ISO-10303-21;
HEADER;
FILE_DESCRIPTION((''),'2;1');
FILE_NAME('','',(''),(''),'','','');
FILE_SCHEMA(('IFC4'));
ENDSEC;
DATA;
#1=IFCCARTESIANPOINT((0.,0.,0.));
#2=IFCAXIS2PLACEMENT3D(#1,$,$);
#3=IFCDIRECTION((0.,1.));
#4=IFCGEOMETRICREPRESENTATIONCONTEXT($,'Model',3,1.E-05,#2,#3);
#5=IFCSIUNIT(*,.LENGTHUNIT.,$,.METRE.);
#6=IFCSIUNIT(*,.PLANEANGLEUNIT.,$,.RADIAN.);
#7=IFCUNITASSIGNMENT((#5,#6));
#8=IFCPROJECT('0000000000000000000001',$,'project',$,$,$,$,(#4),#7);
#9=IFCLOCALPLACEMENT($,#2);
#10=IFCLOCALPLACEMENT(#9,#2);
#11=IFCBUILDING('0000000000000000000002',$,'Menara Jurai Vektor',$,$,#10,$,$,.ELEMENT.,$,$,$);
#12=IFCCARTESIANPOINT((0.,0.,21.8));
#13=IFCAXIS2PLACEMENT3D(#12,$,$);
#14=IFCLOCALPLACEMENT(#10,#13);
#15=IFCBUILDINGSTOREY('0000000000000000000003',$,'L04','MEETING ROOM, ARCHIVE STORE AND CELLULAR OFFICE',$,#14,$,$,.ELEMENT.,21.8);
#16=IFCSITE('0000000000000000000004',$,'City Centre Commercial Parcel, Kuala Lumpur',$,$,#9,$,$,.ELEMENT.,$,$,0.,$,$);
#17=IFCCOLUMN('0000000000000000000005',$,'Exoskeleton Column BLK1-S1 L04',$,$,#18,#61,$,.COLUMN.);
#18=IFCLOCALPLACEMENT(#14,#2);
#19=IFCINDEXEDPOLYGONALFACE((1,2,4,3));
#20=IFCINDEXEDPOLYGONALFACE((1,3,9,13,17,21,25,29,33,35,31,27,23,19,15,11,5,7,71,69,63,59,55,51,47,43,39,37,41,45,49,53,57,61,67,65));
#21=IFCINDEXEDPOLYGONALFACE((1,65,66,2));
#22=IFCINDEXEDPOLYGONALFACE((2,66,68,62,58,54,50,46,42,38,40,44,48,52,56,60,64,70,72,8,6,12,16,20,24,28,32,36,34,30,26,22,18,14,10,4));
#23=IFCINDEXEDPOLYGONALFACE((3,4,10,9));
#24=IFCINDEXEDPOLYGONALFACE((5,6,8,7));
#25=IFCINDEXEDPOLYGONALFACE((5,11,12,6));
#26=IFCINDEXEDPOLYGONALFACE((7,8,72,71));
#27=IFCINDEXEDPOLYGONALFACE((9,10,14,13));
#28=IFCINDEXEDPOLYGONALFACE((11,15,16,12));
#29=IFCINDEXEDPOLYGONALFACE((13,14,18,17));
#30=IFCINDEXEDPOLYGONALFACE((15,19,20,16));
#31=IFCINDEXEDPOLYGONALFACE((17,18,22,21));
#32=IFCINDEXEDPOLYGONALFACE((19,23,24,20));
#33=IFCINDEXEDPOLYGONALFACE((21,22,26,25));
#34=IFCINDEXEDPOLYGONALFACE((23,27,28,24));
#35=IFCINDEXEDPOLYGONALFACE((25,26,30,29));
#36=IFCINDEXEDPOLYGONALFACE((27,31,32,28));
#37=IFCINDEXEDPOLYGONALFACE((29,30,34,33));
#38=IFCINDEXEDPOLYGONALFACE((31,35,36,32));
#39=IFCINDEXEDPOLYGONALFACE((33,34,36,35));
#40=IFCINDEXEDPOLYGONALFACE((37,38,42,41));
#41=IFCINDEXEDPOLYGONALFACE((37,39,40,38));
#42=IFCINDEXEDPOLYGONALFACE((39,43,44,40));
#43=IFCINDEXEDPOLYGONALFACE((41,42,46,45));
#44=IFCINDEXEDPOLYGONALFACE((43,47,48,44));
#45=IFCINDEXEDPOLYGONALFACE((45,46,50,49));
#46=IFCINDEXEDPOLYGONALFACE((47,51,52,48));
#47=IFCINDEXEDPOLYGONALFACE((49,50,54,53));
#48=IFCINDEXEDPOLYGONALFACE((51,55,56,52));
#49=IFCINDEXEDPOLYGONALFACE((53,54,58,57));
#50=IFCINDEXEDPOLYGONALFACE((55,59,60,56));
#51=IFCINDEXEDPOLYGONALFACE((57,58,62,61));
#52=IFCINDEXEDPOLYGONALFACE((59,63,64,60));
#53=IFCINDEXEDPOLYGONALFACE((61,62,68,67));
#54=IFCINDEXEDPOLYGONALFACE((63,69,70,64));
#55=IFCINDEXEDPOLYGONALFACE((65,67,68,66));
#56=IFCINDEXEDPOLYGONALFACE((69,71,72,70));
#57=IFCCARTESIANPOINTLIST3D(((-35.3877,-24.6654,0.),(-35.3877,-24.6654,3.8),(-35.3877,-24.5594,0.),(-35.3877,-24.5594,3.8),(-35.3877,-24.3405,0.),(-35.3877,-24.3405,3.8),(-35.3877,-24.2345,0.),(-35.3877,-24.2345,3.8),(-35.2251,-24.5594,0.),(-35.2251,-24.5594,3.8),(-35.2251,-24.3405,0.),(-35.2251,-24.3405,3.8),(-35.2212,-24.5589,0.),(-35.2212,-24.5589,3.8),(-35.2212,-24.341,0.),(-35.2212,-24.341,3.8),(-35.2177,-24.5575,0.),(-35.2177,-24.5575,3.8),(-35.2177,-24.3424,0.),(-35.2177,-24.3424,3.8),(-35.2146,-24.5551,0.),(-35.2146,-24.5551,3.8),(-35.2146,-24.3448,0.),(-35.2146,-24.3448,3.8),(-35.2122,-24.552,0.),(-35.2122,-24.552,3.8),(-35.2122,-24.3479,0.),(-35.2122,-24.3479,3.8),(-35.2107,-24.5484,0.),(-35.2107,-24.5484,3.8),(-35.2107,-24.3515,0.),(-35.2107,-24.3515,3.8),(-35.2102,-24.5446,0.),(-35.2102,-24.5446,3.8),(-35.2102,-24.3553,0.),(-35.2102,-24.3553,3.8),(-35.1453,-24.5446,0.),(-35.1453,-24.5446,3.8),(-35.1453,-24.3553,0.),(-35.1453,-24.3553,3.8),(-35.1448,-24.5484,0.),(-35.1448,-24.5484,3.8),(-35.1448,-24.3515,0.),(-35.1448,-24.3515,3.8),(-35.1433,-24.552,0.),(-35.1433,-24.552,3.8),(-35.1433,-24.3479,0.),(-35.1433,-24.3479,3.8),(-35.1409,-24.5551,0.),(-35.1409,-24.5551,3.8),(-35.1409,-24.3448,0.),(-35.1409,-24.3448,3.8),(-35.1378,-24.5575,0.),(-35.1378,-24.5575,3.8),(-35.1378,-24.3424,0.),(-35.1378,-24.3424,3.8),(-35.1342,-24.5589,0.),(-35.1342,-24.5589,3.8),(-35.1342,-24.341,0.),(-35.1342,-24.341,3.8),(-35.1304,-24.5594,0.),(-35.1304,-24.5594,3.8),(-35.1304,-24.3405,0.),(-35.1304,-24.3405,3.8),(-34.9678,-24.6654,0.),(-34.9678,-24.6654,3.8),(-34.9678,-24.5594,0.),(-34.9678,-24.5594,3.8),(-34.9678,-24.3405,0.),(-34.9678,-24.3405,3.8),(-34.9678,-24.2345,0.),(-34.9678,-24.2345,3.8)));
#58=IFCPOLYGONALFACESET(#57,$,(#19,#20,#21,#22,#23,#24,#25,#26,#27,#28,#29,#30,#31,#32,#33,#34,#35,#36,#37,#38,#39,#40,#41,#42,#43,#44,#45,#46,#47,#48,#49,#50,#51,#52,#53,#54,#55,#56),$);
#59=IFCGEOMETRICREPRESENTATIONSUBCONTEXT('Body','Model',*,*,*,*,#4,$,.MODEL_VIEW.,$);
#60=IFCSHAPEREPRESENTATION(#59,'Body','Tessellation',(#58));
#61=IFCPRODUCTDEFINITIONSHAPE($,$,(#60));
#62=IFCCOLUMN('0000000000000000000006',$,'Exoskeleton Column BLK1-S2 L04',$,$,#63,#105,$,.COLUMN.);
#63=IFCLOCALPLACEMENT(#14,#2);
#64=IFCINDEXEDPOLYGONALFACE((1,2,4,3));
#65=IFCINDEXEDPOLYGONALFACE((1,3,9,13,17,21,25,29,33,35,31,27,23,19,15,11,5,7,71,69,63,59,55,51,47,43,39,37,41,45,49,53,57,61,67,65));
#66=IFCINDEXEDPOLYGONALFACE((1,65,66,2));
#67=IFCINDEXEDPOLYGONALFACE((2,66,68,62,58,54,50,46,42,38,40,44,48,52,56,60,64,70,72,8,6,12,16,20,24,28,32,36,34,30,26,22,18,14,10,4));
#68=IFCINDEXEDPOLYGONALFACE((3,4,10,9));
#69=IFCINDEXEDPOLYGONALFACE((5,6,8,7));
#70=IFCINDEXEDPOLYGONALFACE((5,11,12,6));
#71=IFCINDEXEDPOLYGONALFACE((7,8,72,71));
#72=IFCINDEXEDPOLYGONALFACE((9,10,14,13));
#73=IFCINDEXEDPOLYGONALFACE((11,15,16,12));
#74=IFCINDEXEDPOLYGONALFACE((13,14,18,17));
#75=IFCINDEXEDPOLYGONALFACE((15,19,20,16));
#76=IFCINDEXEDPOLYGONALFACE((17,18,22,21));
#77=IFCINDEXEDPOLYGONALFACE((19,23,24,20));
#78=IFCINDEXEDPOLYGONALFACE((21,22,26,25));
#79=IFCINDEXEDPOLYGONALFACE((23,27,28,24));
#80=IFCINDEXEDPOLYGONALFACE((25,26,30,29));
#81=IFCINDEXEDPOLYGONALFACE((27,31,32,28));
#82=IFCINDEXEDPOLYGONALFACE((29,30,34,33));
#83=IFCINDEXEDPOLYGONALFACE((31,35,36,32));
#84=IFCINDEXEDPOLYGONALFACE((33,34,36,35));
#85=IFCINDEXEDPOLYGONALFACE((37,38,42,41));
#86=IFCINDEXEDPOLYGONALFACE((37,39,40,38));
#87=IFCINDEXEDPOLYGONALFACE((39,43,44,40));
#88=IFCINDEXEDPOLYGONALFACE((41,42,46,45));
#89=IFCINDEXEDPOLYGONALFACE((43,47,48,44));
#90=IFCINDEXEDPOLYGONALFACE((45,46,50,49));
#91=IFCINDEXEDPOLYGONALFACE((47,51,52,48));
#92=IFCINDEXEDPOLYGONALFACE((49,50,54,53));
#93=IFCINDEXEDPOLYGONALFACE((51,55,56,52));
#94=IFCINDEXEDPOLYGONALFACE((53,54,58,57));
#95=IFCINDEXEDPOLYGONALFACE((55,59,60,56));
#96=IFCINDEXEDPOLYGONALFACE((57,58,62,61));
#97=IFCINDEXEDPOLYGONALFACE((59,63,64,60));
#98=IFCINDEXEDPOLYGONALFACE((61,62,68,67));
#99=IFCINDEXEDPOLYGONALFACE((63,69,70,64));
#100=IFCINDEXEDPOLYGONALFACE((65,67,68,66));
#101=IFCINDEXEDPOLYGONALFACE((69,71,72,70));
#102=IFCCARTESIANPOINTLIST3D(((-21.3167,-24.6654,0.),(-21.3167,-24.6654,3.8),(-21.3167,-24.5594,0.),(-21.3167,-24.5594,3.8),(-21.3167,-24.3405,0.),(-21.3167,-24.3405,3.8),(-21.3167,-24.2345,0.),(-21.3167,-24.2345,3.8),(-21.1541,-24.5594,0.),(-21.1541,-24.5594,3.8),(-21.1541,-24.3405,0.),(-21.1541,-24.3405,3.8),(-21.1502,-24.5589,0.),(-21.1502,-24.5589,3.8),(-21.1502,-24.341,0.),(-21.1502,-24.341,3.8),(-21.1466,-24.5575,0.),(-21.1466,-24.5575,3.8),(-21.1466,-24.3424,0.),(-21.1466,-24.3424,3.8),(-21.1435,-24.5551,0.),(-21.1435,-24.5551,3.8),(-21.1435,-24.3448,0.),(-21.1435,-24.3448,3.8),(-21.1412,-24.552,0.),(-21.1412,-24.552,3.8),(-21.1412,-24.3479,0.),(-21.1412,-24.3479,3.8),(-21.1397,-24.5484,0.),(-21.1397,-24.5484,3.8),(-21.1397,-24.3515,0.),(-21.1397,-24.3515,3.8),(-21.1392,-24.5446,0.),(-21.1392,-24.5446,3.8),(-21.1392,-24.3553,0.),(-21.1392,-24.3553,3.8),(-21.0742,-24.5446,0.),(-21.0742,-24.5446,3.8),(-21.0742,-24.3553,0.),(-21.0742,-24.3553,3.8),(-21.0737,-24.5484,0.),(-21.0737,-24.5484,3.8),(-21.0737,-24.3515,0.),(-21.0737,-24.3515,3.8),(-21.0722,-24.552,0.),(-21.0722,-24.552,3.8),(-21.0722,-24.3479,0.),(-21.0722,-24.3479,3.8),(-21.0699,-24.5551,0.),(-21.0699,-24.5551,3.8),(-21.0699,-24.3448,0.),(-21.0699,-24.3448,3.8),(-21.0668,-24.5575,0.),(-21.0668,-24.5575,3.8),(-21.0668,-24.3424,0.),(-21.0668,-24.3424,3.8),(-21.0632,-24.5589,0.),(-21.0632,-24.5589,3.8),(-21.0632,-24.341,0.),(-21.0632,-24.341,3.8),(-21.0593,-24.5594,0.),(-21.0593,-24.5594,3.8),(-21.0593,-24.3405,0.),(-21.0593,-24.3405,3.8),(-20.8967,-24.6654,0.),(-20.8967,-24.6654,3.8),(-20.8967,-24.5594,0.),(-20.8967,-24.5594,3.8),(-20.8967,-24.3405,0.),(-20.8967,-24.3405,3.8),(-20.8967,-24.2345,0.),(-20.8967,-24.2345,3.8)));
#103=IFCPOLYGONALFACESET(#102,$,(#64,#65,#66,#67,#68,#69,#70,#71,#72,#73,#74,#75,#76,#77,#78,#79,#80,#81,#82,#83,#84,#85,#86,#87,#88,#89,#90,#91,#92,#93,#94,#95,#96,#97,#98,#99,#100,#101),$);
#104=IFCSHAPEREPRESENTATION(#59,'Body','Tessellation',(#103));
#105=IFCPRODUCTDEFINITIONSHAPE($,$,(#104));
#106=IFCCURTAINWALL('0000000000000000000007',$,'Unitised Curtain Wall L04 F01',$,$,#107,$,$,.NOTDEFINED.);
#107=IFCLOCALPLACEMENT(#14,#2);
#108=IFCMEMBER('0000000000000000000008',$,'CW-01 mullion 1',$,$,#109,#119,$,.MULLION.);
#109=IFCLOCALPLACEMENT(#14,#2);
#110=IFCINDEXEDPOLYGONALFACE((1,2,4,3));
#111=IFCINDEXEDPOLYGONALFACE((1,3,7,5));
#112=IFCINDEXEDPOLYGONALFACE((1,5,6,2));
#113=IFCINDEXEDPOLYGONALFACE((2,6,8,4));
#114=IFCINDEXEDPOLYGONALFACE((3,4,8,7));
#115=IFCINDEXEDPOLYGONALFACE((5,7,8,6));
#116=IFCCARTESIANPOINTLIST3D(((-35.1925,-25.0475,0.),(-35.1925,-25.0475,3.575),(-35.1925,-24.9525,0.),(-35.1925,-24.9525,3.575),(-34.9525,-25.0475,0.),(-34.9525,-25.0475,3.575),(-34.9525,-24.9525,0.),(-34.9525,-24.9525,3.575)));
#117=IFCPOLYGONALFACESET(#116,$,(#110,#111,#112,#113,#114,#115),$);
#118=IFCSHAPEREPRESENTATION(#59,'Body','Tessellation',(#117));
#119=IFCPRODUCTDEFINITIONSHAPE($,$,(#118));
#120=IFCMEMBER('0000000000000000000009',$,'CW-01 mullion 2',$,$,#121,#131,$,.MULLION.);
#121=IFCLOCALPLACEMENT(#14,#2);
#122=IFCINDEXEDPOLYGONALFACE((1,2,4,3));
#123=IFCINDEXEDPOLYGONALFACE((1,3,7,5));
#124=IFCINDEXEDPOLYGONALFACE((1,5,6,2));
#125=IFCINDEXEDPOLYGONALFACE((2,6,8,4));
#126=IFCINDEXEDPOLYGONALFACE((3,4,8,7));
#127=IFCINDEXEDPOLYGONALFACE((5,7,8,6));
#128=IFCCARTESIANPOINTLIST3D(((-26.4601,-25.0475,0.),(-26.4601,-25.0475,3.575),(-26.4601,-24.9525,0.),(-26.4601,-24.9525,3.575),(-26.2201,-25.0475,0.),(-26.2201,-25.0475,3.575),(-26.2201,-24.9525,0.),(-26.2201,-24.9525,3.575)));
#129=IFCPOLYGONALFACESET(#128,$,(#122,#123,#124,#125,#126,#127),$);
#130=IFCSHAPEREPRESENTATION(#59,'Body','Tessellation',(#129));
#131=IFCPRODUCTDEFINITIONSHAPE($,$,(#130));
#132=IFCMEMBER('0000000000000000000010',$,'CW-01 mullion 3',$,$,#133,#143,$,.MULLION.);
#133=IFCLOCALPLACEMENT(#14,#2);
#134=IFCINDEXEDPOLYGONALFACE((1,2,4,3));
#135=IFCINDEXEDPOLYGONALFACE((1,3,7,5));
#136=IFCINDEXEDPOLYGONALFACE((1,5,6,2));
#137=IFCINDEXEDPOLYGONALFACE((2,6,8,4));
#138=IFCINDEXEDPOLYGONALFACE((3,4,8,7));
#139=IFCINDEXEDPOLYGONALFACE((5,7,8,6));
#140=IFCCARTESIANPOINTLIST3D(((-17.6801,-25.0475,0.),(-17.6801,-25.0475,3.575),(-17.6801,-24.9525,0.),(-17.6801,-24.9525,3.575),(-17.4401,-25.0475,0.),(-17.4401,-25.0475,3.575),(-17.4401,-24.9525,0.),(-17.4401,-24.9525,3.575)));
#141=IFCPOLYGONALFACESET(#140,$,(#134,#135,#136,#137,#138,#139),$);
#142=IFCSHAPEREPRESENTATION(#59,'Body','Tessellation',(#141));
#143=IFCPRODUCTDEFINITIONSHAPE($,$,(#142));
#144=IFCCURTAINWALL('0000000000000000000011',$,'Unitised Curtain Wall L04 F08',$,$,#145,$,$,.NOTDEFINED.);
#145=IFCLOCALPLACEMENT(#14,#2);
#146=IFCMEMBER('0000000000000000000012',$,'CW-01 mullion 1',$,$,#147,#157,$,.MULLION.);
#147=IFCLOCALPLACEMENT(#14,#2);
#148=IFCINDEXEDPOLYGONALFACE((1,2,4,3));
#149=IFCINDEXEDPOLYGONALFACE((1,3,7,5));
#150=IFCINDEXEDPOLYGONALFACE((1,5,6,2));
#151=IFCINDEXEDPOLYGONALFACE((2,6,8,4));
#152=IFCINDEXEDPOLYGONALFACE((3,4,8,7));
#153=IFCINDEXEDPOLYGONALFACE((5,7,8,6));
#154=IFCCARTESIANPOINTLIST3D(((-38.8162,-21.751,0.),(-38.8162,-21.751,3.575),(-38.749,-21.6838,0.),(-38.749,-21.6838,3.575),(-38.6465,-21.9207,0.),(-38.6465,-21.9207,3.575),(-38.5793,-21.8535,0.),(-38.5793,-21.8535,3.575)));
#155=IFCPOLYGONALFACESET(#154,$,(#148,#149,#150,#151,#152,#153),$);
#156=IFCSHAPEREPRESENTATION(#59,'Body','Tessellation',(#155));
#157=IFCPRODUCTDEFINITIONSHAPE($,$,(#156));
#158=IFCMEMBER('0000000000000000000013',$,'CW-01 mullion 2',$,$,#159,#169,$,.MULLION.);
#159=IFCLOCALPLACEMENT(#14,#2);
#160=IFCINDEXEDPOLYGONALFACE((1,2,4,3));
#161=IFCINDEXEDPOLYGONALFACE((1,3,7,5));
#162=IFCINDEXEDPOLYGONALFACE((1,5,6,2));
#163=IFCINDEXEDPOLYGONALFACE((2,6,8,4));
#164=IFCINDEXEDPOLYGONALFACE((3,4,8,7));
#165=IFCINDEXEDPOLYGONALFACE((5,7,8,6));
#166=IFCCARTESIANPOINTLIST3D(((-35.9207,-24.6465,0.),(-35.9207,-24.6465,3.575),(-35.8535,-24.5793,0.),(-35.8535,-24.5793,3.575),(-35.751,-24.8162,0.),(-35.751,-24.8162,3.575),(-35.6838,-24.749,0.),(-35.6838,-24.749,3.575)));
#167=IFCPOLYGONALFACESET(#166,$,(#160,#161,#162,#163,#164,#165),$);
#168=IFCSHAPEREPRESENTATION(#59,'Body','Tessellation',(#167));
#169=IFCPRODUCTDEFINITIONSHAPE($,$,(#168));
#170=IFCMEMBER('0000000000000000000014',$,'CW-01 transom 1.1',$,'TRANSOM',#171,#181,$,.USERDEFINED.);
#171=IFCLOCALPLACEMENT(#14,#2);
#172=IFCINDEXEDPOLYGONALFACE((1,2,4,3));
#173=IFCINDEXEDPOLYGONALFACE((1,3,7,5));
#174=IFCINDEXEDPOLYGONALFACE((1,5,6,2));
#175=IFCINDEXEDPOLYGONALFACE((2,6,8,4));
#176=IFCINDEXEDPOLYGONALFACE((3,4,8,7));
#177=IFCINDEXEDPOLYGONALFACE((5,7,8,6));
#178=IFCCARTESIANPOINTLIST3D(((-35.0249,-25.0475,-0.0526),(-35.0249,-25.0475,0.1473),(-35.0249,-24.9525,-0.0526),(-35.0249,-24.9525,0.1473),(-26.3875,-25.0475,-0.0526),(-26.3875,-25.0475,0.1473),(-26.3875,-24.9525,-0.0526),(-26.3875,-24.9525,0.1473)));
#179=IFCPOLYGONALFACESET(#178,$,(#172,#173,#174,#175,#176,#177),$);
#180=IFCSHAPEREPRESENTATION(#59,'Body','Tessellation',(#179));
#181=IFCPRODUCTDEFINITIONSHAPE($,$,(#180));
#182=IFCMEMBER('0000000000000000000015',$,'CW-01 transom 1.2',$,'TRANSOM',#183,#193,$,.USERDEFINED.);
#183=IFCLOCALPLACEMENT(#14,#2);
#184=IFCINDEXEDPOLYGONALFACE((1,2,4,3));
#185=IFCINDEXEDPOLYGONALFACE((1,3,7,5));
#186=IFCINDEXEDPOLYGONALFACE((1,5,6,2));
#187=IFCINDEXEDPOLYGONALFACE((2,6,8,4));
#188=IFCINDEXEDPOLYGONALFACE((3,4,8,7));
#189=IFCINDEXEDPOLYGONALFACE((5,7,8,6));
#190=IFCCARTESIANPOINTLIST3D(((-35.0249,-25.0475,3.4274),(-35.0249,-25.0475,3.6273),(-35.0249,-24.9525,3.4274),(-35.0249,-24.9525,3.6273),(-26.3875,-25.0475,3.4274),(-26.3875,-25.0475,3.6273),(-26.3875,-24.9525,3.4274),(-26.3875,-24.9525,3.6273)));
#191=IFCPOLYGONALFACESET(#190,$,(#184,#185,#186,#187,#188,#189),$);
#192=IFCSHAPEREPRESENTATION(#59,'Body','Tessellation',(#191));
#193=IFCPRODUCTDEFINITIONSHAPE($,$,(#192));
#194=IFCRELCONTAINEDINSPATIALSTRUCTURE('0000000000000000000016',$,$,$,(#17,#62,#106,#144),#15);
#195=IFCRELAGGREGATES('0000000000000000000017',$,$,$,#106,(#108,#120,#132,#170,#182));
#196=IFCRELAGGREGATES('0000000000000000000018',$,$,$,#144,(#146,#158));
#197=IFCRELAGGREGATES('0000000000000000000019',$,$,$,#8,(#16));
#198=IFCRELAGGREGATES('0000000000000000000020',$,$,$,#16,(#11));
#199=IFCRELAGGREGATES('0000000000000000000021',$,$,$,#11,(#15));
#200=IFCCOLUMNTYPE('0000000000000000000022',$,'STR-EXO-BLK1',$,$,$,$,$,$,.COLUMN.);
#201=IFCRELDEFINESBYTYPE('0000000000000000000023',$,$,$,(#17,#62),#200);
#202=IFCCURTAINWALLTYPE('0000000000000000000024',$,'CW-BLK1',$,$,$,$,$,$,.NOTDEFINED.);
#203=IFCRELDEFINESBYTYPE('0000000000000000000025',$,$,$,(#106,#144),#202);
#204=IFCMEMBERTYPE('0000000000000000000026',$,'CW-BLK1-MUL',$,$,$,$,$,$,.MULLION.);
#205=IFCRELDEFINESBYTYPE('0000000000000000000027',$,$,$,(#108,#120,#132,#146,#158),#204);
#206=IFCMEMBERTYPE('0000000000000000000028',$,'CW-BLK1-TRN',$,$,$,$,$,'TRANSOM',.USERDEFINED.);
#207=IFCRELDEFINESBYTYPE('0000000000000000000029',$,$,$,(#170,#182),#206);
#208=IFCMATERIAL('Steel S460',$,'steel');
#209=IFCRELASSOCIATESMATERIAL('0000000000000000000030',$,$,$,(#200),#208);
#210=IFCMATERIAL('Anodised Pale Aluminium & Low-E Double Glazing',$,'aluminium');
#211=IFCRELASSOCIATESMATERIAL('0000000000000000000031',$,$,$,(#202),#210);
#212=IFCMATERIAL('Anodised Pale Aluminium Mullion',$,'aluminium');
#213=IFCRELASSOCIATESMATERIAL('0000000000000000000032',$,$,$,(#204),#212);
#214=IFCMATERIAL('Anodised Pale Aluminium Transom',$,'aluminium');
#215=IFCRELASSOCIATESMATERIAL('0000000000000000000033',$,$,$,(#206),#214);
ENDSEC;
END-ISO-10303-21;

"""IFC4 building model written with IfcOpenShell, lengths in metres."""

from ifc_helpers import new_model, si_unit, direction, frame, origin, origin_2d, place, context, subcontext, project, spatial, rectangle, i_section, extrude, material, material_profile, profile_set, type_object, element, aggregate, save


model = new_model("IFC4")

# Units and contexts
model_context = context("Model", 3, precision=1e-05, world=origin(), true_north=direction((0.0, 1.0)))
body_context = subcontext(model_context, "Body", "Model", "MODEL_VIEW")
ifc_project = project(units=[si_unit("LENGTHUNIT", "METRE"), si_unit("PLANEANGLEUNIT", "RADIAN")], contexts=[model_context])

# Site, building, storey
site_placement = place(None, origin())
site = spatial("IfcSite", under=ifc_project, at=site_placement, Name="City Centre Commercial Parcel, Kuala Lumpur", CompositionType="ELEMENT", RefElevation=0.0)
building_placement = place(site_placement, origin())
building = spatial("IfcBuilding", under=site, at=building_placement, Name="Menara Jurai Vektor", CompositionType="ELEMENT")
storey_placement = place(building_placement, frame((0.0, 0.0, 21.8)))
storey = spatial("IfcBuildingStorey", under=building, at=storey_placement, Name="L04", Description="MEETING ROOM, ARCHIVE STORE AND CELLULAR OFFICE", CompositionType="ELEMENT", Elevation=21.8)

# Columns
ifc_material_1 = material(Name="Steel S460", Category="steel")
ifc_material_profile_1 = material_profile(ifc_material_1, i_section(OverallWidth=0.4199, OverallDepth=0.4309, WebThickness=0.0649, FlangeThickness=0.106, FilletRadius=0.0149, at=origin_2d()), Name="HD 400x900")
ifc_profile_set_1 = profile_set([ifc_material_profile_1], Name="Steel S460")
column_type = type_object("IfcColumnType", Name="STR-EXO-BLK1", PredefinedType="COLUMN", material=ifc_profile_set_1)
for number, where, z_axis, x_axis, name in (
    (1, (-35.1777, -24.45, 0.0), (0.0, 0.0, 1.0), (1.0, 0.0, 0.0), "Exoskeleton Column BLK1-S1 L04"),
    (2, (-21.1067, -24.45, 0.0), (0.0, 0.0, 1.0), (1.0, 0.0, 0.0), "Exoskeleton Column BLK1-S2 L04"),
):
    element("IfcColumn", number, at=place(storey_placement, frame(where, z_axis=z_axis, x_axis=x_axis)), inside=storey, type_object=column_type, Name=name, PredefinedType="COLUMN", context=body_context, shape_type="SweptSolid", body=[
        extrude(i_section(OverallWidth=0.4199, OverallDepth=0.4309, WebThickness=0.0649, FlangeThickness=0.106, FilletRadius=0.0149, at=origin_2d()), origin(), (0.0, 0.0, 1.0), 3.8),
    ])

# Curtain walls, members
ifc_material_2 = material(Name="Anodised Pale Aluminium & Low-E Double Glazing", Category="aluminium")
curtain_wall_type = type_object("IfcCurtainWallType", Name="CW-BLK1", PredefinedType="NOTDEFINED", material=ifc_material_2)
curtain_wall_1_placement = place(storey_placement, origin())
curtain_wall_1 = element("IfcCurtainWall", 3, at=curtain_wall_1_placement, inside=storey, type_object=curtain_wall_type, Name="Unitised Curtain Wall L04 F01", PredefinedType="NOTDEFINED")
ifc_material_3 = material(Name="Anodised Pale Aluminium Mullion", Category="aluminium")
ifc_material_profile_2 = material_profile(ifc_material_3, rectangle(XDim=0.095, YDim=0.24, at=origin_2d()), Name="ALU MUL 95x240")
ifc_profile_set_2 = profile_set([ifc_material_profile_2], Name="Anodised Pale Aluminium Mullion")
member_type_1 = type_object("IfcMemberType", Name="CW-BLK1-MUL", PredefinedType="MULLION", material=ifc_profile_set_2)
member_1_placement = place(storey_placement, frame((-35.0725, -25.0, 0.0), z_axis=(0.0, 0.0, 1.0), x_axis=(0.0, 1.0, 0.0)))
member_1 = element("IfcMember", 4, at=member_1_placement, type_object=member_type_1, Name="CW-01 mullion 1", PredefinedType="MULLION", context=body_context, shape_type="SweptSolid", body=[
    extrude(rectangle(XDim=0.095, YDim=0.24, at=origin_2d()), origin(), (0.0, 0.0, 1.0), 3.575),
])
member_2_placement = place(storey_placement, frame((-26.3401, -25.0, 0.0), z_axis=(0.0, 0.0, 1.0), x_axis=(0.0, 1.0, 0.0)))
member_2 = element("IfcMember", 5, at=member_2_placement, type_object=member_type_1, Name="CW-01 mullion 2", PredefinedType="MULLION", context=body_context, shape_type="SweptSolid", body=[
    extrude(rectangle(XDim=0.095, YDim=0.24, at=origin_2d()), origin(), (0.0, 0.0, 1.0), 3.575),
])
member_3_placement = place(storey_placement, frame((-17.5601, -25.0, 0.0), z_axis=(0.0, 0.0, 1.0), x_axis=(0.0, 1.0, 0.0)))
member_3 = element("IfcMember", 6, at=member_3_placement, type_object=member_type_1, Name="CW-01 mullion 3", PredefinedType="MULLION", context=body_context, shape_type="SweptSolid", body=[
    extrude(rectangle(XDim=0.095, YDim=0.24, at=origin_2d()), origin(), (0.0, 0.0, 1.0), 3.575),
])
curtain_wall_2_placement = place(storey_placement, origin())
curtain_wall_2 = element("IfcCurtainWall", 7, at=curtain_wall_2_placement, inside=storey, type_object=curtain_wall_type, Name="Unitised Curtain Wall L04 F08", PredefinedType="NOTDEFINED")
member_4_placement = place(storey_placement, frame((-38.6978, -21.8022, 0.0), z_axis=(0.0, 0.0, 1.0), x_axis=(0.707107, 0.707107, 0.0)))
member_4 = element("IfcMember", 8, at=member_4_placement, type_object=member_type_1, Name="CW-01 mullion 1", PredefinedType="MULLION", context=body_context, shape_type="SweptSolid", body=[
    extrude(rectangle(XDim=0.095, YDim=0.24, at=origin_2d()), origin(), (0.0, 0.0, 1.0), 3.575),
])
member_5_placement = place(storey_placement, frame((-35.8022, -24.6978, 0.0), z_axis=(0.0, 0.0, 1.0), x_axis=(0.707107, 0.707107, 0.0)))
member_5 = element("IfcMember", 9, at=member_5_placement, type_object=member_type_1, Name="CW-01 mullion 2", PredefinedType="MULLION", context=body_context, shape_type="SweptSolid", body=[
    extrude(rectangle(XDim=0.095, YDim=0.24, at=origin_2d()), origin(), (0.0, 0.0, 1.0), 3.575),
])

# Members
ifc_material_4 = material(Name="Anodised Pale Aluminium Transom", Category="aluminium")
ifc_material_profile_3 = material_profile(ifc_material_4, rectangle(XDim=0.095, YDim=0.2, at=origin_2d()), Name="ALU TRN 95x200")
ifc_profile_set_3 = profile_set([ifc_material_profile_3], Name="Anodised Pale Aluminium Transom")
member_type_2 = type_object("IfcMemberType", Name="CW-BLK1-TRN", ElementType="TRANSOM", PredefinedType="USERDEFINED", material=ifc_profile_set_3)
member_6_placement = place(storey_placement, frame((-35.0249, -25.0, 0.0474), z_axis=(1.0, 0.0, 0.0), x_axis=(0.0, 1.0, 0.0)))
member_6 = element("IfcMember", 10, at=member_6_placement, type_object=member_type_2, Name="CW-01 transom 1.1", ObjectType="TRANSOM", PredefinedType="USERDEFINED", context=body_context, shape_type="SweptSolid", body=[
    extrude(rectangle(XDim=0.095, YDim=0.2, at=origin_2d()), origin(), (0.0, 0.0, 1.0), 8.6375),
])
member_7_placement = place(storey_placement, frame((-35.0249, -25.0, 3.5273), z_axis=(1.0, 0.0, 0.0), x_axis=(0.0, 1.0, 0.0)))
member_7 = element("IfcMember", 11, at=member_7_placement, type_object=member_type_2, Name="CW-01 transom 1.2", ObjectType="TRANSOM", PredefinedType="USERDEFINED", context=body_context, shape_type="SweptSolid", body=[
    extrude(rectangle(XDim=0.095, YDim=0.2, at=origin_2d()), origin(), (0.0, 0.0, 1.0), 8.6375),
])

aggregate(curtain_wall_1, [member_1, member_2, member_3, member_6, member_7])
aggregate(curtain_wall_2, [member_4, member_5])

save(model, "model.ifc")
